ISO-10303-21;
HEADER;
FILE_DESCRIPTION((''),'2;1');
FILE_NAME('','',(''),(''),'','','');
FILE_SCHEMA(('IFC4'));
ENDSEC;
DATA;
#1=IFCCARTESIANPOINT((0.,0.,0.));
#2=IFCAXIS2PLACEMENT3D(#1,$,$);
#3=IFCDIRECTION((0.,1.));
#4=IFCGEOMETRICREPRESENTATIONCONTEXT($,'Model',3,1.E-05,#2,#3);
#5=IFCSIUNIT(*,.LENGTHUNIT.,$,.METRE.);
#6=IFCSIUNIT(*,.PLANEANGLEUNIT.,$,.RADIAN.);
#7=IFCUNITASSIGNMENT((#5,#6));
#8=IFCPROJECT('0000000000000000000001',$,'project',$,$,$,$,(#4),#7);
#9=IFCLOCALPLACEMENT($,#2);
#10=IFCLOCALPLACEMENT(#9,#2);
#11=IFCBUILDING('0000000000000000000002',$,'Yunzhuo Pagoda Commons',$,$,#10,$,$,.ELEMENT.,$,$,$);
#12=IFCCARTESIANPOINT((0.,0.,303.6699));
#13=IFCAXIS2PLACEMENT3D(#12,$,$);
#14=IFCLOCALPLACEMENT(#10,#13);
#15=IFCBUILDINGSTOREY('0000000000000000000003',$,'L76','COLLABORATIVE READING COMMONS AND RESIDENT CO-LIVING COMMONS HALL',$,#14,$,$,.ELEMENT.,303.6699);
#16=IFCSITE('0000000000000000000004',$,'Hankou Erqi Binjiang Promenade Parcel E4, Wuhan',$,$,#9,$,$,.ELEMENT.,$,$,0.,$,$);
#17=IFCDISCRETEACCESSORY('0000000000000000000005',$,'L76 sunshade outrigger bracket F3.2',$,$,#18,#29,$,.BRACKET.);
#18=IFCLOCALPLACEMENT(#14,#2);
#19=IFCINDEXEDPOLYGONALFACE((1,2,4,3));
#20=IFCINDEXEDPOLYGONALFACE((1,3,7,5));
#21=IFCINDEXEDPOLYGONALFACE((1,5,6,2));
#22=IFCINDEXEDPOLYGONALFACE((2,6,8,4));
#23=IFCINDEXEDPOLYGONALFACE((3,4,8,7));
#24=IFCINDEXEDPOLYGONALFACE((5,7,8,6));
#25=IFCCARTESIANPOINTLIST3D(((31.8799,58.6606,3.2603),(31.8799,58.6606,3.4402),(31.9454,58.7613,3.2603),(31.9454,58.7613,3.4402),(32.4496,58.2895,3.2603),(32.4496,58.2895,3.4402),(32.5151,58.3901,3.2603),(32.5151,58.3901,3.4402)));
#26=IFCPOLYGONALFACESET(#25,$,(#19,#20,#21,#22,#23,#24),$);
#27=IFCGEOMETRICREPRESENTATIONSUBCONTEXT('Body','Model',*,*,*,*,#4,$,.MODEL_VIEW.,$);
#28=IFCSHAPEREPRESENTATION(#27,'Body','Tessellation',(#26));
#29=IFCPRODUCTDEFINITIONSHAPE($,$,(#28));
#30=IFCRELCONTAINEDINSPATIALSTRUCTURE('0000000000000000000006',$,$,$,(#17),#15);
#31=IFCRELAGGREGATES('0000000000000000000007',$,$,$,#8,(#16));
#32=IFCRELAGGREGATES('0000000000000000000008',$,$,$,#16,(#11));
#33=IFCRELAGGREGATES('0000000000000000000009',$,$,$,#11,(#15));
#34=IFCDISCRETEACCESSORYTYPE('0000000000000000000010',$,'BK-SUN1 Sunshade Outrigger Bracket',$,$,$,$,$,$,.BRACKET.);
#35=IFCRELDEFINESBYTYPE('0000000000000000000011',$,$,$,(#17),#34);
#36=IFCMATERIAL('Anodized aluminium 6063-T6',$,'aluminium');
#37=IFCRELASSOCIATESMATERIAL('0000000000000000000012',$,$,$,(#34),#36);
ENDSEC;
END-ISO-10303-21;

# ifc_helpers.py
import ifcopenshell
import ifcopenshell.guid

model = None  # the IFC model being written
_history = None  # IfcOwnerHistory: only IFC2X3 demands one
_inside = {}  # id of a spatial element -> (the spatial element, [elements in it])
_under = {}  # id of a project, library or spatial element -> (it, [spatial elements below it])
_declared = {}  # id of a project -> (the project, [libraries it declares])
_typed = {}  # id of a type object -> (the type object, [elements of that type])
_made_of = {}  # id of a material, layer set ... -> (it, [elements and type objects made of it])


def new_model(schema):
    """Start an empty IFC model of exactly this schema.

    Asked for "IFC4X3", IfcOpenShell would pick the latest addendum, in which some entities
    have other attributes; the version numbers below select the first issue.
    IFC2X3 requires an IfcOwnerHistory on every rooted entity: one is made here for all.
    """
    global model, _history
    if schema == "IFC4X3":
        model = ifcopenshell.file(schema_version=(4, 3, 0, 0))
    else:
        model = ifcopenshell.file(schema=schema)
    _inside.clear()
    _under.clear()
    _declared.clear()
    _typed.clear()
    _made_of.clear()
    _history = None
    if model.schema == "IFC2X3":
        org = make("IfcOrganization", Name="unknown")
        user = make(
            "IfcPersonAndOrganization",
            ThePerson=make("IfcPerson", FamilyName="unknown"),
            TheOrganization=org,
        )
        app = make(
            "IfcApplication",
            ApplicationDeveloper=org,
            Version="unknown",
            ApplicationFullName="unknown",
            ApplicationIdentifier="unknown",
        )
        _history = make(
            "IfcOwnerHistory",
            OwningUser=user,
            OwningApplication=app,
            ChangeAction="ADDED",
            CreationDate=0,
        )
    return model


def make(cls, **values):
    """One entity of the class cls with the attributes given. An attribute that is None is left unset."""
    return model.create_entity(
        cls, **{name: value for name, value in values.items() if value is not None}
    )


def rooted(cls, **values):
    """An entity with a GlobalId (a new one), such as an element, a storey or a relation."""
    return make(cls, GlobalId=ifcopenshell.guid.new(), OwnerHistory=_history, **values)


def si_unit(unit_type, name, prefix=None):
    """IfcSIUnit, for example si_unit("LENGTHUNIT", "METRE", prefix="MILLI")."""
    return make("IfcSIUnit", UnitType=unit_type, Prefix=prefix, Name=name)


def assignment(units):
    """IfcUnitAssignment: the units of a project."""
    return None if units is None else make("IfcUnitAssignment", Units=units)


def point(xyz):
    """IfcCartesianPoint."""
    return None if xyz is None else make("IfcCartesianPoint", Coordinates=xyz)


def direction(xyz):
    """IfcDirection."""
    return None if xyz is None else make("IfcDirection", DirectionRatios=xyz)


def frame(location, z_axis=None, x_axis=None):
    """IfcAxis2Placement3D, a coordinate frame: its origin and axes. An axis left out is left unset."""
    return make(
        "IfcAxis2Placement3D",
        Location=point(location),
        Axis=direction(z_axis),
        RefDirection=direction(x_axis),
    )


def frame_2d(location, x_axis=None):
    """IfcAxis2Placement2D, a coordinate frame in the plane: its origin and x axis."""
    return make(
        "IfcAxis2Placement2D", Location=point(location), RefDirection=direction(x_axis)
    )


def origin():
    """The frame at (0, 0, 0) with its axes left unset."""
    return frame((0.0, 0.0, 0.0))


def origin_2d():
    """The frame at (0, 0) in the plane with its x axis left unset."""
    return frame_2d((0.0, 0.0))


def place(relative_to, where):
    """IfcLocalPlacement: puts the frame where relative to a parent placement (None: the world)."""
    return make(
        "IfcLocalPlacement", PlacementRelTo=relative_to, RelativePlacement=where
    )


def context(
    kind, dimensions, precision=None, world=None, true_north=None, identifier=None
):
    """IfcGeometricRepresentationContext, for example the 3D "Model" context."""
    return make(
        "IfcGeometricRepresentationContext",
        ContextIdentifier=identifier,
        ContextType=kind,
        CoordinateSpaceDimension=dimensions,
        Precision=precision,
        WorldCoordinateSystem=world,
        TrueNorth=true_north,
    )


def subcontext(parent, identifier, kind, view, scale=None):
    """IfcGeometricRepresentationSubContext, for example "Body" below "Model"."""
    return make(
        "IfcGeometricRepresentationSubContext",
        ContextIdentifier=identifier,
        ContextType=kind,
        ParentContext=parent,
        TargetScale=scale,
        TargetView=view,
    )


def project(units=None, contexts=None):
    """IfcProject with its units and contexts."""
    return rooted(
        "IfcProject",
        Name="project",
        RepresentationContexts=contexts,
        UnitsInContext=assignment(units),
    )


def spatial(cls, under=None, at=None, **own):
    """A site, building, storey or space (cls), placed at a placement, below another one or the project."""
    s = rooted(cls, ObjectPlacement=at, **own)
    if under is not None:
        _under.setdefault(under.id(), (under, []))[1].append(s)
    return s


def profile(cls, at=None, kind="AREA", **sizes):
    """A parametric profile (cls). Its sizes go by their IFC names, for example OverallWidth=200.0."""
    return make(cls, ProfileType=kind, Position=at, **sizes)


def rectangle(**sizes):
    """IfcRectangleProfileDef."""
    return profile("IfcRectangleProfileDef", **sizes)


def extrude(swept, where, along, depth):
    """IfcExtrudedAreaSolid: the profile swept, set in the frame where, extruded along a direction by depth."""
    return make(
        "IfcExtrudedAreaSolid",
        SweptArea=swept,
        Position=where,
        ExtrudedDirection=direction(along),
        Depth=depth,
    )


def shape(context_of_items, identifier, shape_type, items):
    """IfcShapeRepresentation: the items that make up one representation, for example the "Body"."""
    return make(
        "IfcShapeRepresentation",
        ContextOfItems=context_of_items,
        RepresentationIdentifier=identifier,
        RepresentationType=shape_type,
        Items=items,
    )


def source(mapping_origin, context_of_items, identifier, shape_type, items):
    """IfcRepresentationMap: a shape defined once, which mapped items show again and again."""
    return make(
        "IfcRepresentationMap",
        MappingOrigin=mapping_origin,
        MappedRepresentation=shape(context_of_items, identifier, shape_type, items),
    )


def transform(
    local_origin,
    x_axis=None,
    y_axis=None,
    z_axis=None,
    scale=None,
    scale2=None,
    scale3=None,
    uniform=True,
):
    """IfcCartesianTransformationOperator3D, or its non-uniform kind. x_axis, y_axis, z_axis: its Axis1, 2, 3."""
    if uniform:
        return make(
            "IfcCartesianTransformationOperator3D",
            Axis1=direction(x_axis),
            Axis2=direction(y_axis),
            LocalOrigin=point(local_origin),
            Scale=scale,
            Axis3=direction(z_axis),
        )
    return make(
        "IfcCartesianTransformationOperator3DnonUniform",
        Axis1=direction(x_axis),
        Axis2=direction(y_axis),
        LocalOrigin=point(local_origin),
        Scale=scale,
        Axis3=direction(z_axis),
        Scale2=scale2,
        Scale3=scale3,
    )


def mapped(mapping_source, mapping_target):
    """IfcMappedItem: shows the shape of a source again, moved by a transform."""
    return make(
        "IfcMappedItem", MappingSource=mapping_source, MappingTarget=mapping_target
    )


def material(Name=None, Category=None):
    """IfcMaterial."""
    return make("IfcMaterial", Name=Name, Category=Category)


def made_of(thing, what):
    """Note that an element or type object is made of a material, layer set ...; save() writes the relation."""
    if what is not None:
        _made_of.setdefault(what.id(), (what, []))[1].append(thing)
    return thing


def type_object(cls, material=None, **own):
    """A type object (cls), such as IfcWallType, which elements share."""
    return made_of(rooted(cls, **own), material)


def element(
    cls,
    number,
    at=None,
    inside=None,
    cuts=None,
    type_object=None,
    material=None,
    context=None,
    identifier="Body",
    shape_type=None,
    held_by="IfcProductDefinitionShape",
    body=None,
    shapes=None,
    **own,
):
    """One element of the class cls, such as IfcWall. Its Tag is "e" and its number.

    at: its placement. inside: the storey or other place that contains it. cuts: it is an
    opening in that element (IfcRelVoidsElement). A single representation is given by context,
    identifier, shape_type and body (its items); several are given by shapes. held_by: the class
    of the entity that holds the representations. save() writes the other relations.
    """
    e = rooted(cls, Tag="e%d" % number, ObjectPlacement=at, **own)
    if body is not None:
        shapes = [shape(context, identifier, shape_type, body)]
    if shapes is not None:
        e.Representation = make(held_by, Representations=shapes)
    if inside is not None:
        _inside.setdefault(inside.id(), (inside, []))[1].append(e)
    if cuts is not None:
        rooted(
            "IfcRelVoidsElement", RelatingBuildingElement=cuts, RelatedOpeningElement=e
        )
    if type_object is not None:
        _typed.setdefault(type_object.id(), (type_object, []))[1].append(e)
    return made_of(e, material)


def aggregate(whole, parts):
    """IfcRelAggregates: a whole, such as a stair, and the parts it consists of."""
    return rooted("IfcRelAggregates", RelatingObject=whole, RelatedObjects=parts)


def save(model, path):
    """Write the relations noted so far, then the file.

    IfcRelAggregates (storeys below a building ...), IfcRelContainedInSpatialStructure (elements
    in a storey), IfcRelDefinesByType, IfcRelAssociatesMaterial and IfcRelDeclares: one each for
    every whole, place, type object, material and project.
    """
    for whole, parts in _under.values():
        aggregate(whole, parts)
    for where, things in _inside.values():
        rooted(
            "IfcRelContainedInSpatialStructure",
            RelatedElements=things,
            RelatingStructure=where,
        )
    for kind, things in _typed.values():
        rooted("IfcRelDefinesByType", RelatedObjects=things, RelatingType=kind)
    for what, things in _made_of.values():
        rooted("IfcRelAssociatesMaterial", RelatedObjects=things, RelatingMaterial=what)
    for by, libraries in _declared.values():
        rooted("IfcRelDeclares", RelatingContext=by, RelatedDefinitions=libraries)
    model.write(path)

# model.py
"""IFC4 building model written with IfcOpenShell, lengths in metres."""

from ifc_helpers import new_model, si_unit, direction, frame, origin, origin_2d, place, context, subcontext, project, spatial, rectangle, extrude, source, transform, mapped, material, type_object, element, save


model = new_model("IFC4")

# Units and contexts
model_context = context("Model", 3, precision=1e-05, world=origin(), true_north=direction((0.0, 1.0)))
body_context = subcontext(model_context, "Body", "Model", "MODEL_VIEW")
ifc_project = project(units=[si_unit("LENGTHUNIT", "METRE"), si_unit("PLANEANGLEUNIT", "RADIAN")], contexts=[model_context])

# Site, building, storey
site_placement = place(None, origin())
site = spatial("IfcSite", under=ifc_project, at=site_placement, Name="Hankou Erqi Binjiang Promenade Parcel E4, Wuhan", CompositionType="ELEMENT", RefElevation=0.0)
building_placement = place(site_placement, origin())
building = spatial("IfcBuilding", under=site, at=building_placement, Name="Yunzhuo Pagoda Commons", CompositionType="ELEMENT")
storey_placement = place(building_placement, frame((0.0, 0.0, 303.6699)))
storey = spatial("IfcBuildingStorey", under=building, at=storey_placement, Name="L76", Description="COLLABORATIVE READING COMMONS AND RESIDENT CO-LIVING COMMONS HALL", CompositionType="ELEMENT", Elevation=303.6699)

# Shared definitions
ifc_material_1 = material(Name="Anodized aluminium 6063-T6", Category="aluminium")

# Discrete accessory
discrete_accessory_type = type_object("IfcDiscreteAccessoryType", Name="BK-SUN1 Sunshade Outrigger Bracket", PredefinedType="BRACKET", material=ifc_material_1)
shared_shape_1 = source(origin(), body_context, "Body", "SweptSolid", [
    extrude(rectangle(XDim=0.1201, YDim=0.6799, at=origin_2d()), origin(), (0.0, 0.0, 1.0), 0.1799),
])
discrete_accessory_placement = place(storey_placement, frame((32.1975, 58.5254, 3.2603), z_axis=(0.0, 0.0, 1.0), x_axis=(-0.545853, -0.837881, 0.0)))
element("IfcDiscreteAccessory", 1, at=discrete_accessory_placement, inside=storey, type_object=discrete_accessory_type, Name="L76 sunshade outrigger bracket F3.2", PredefinedType="BRACKET", context=body_context, shape_type="MappedRepresentation", body=[
    mapped(shared_shape_1, transform((0.0, 0.0, 0.0), scale=1.0)),
])

save(model, "model.ifc")
